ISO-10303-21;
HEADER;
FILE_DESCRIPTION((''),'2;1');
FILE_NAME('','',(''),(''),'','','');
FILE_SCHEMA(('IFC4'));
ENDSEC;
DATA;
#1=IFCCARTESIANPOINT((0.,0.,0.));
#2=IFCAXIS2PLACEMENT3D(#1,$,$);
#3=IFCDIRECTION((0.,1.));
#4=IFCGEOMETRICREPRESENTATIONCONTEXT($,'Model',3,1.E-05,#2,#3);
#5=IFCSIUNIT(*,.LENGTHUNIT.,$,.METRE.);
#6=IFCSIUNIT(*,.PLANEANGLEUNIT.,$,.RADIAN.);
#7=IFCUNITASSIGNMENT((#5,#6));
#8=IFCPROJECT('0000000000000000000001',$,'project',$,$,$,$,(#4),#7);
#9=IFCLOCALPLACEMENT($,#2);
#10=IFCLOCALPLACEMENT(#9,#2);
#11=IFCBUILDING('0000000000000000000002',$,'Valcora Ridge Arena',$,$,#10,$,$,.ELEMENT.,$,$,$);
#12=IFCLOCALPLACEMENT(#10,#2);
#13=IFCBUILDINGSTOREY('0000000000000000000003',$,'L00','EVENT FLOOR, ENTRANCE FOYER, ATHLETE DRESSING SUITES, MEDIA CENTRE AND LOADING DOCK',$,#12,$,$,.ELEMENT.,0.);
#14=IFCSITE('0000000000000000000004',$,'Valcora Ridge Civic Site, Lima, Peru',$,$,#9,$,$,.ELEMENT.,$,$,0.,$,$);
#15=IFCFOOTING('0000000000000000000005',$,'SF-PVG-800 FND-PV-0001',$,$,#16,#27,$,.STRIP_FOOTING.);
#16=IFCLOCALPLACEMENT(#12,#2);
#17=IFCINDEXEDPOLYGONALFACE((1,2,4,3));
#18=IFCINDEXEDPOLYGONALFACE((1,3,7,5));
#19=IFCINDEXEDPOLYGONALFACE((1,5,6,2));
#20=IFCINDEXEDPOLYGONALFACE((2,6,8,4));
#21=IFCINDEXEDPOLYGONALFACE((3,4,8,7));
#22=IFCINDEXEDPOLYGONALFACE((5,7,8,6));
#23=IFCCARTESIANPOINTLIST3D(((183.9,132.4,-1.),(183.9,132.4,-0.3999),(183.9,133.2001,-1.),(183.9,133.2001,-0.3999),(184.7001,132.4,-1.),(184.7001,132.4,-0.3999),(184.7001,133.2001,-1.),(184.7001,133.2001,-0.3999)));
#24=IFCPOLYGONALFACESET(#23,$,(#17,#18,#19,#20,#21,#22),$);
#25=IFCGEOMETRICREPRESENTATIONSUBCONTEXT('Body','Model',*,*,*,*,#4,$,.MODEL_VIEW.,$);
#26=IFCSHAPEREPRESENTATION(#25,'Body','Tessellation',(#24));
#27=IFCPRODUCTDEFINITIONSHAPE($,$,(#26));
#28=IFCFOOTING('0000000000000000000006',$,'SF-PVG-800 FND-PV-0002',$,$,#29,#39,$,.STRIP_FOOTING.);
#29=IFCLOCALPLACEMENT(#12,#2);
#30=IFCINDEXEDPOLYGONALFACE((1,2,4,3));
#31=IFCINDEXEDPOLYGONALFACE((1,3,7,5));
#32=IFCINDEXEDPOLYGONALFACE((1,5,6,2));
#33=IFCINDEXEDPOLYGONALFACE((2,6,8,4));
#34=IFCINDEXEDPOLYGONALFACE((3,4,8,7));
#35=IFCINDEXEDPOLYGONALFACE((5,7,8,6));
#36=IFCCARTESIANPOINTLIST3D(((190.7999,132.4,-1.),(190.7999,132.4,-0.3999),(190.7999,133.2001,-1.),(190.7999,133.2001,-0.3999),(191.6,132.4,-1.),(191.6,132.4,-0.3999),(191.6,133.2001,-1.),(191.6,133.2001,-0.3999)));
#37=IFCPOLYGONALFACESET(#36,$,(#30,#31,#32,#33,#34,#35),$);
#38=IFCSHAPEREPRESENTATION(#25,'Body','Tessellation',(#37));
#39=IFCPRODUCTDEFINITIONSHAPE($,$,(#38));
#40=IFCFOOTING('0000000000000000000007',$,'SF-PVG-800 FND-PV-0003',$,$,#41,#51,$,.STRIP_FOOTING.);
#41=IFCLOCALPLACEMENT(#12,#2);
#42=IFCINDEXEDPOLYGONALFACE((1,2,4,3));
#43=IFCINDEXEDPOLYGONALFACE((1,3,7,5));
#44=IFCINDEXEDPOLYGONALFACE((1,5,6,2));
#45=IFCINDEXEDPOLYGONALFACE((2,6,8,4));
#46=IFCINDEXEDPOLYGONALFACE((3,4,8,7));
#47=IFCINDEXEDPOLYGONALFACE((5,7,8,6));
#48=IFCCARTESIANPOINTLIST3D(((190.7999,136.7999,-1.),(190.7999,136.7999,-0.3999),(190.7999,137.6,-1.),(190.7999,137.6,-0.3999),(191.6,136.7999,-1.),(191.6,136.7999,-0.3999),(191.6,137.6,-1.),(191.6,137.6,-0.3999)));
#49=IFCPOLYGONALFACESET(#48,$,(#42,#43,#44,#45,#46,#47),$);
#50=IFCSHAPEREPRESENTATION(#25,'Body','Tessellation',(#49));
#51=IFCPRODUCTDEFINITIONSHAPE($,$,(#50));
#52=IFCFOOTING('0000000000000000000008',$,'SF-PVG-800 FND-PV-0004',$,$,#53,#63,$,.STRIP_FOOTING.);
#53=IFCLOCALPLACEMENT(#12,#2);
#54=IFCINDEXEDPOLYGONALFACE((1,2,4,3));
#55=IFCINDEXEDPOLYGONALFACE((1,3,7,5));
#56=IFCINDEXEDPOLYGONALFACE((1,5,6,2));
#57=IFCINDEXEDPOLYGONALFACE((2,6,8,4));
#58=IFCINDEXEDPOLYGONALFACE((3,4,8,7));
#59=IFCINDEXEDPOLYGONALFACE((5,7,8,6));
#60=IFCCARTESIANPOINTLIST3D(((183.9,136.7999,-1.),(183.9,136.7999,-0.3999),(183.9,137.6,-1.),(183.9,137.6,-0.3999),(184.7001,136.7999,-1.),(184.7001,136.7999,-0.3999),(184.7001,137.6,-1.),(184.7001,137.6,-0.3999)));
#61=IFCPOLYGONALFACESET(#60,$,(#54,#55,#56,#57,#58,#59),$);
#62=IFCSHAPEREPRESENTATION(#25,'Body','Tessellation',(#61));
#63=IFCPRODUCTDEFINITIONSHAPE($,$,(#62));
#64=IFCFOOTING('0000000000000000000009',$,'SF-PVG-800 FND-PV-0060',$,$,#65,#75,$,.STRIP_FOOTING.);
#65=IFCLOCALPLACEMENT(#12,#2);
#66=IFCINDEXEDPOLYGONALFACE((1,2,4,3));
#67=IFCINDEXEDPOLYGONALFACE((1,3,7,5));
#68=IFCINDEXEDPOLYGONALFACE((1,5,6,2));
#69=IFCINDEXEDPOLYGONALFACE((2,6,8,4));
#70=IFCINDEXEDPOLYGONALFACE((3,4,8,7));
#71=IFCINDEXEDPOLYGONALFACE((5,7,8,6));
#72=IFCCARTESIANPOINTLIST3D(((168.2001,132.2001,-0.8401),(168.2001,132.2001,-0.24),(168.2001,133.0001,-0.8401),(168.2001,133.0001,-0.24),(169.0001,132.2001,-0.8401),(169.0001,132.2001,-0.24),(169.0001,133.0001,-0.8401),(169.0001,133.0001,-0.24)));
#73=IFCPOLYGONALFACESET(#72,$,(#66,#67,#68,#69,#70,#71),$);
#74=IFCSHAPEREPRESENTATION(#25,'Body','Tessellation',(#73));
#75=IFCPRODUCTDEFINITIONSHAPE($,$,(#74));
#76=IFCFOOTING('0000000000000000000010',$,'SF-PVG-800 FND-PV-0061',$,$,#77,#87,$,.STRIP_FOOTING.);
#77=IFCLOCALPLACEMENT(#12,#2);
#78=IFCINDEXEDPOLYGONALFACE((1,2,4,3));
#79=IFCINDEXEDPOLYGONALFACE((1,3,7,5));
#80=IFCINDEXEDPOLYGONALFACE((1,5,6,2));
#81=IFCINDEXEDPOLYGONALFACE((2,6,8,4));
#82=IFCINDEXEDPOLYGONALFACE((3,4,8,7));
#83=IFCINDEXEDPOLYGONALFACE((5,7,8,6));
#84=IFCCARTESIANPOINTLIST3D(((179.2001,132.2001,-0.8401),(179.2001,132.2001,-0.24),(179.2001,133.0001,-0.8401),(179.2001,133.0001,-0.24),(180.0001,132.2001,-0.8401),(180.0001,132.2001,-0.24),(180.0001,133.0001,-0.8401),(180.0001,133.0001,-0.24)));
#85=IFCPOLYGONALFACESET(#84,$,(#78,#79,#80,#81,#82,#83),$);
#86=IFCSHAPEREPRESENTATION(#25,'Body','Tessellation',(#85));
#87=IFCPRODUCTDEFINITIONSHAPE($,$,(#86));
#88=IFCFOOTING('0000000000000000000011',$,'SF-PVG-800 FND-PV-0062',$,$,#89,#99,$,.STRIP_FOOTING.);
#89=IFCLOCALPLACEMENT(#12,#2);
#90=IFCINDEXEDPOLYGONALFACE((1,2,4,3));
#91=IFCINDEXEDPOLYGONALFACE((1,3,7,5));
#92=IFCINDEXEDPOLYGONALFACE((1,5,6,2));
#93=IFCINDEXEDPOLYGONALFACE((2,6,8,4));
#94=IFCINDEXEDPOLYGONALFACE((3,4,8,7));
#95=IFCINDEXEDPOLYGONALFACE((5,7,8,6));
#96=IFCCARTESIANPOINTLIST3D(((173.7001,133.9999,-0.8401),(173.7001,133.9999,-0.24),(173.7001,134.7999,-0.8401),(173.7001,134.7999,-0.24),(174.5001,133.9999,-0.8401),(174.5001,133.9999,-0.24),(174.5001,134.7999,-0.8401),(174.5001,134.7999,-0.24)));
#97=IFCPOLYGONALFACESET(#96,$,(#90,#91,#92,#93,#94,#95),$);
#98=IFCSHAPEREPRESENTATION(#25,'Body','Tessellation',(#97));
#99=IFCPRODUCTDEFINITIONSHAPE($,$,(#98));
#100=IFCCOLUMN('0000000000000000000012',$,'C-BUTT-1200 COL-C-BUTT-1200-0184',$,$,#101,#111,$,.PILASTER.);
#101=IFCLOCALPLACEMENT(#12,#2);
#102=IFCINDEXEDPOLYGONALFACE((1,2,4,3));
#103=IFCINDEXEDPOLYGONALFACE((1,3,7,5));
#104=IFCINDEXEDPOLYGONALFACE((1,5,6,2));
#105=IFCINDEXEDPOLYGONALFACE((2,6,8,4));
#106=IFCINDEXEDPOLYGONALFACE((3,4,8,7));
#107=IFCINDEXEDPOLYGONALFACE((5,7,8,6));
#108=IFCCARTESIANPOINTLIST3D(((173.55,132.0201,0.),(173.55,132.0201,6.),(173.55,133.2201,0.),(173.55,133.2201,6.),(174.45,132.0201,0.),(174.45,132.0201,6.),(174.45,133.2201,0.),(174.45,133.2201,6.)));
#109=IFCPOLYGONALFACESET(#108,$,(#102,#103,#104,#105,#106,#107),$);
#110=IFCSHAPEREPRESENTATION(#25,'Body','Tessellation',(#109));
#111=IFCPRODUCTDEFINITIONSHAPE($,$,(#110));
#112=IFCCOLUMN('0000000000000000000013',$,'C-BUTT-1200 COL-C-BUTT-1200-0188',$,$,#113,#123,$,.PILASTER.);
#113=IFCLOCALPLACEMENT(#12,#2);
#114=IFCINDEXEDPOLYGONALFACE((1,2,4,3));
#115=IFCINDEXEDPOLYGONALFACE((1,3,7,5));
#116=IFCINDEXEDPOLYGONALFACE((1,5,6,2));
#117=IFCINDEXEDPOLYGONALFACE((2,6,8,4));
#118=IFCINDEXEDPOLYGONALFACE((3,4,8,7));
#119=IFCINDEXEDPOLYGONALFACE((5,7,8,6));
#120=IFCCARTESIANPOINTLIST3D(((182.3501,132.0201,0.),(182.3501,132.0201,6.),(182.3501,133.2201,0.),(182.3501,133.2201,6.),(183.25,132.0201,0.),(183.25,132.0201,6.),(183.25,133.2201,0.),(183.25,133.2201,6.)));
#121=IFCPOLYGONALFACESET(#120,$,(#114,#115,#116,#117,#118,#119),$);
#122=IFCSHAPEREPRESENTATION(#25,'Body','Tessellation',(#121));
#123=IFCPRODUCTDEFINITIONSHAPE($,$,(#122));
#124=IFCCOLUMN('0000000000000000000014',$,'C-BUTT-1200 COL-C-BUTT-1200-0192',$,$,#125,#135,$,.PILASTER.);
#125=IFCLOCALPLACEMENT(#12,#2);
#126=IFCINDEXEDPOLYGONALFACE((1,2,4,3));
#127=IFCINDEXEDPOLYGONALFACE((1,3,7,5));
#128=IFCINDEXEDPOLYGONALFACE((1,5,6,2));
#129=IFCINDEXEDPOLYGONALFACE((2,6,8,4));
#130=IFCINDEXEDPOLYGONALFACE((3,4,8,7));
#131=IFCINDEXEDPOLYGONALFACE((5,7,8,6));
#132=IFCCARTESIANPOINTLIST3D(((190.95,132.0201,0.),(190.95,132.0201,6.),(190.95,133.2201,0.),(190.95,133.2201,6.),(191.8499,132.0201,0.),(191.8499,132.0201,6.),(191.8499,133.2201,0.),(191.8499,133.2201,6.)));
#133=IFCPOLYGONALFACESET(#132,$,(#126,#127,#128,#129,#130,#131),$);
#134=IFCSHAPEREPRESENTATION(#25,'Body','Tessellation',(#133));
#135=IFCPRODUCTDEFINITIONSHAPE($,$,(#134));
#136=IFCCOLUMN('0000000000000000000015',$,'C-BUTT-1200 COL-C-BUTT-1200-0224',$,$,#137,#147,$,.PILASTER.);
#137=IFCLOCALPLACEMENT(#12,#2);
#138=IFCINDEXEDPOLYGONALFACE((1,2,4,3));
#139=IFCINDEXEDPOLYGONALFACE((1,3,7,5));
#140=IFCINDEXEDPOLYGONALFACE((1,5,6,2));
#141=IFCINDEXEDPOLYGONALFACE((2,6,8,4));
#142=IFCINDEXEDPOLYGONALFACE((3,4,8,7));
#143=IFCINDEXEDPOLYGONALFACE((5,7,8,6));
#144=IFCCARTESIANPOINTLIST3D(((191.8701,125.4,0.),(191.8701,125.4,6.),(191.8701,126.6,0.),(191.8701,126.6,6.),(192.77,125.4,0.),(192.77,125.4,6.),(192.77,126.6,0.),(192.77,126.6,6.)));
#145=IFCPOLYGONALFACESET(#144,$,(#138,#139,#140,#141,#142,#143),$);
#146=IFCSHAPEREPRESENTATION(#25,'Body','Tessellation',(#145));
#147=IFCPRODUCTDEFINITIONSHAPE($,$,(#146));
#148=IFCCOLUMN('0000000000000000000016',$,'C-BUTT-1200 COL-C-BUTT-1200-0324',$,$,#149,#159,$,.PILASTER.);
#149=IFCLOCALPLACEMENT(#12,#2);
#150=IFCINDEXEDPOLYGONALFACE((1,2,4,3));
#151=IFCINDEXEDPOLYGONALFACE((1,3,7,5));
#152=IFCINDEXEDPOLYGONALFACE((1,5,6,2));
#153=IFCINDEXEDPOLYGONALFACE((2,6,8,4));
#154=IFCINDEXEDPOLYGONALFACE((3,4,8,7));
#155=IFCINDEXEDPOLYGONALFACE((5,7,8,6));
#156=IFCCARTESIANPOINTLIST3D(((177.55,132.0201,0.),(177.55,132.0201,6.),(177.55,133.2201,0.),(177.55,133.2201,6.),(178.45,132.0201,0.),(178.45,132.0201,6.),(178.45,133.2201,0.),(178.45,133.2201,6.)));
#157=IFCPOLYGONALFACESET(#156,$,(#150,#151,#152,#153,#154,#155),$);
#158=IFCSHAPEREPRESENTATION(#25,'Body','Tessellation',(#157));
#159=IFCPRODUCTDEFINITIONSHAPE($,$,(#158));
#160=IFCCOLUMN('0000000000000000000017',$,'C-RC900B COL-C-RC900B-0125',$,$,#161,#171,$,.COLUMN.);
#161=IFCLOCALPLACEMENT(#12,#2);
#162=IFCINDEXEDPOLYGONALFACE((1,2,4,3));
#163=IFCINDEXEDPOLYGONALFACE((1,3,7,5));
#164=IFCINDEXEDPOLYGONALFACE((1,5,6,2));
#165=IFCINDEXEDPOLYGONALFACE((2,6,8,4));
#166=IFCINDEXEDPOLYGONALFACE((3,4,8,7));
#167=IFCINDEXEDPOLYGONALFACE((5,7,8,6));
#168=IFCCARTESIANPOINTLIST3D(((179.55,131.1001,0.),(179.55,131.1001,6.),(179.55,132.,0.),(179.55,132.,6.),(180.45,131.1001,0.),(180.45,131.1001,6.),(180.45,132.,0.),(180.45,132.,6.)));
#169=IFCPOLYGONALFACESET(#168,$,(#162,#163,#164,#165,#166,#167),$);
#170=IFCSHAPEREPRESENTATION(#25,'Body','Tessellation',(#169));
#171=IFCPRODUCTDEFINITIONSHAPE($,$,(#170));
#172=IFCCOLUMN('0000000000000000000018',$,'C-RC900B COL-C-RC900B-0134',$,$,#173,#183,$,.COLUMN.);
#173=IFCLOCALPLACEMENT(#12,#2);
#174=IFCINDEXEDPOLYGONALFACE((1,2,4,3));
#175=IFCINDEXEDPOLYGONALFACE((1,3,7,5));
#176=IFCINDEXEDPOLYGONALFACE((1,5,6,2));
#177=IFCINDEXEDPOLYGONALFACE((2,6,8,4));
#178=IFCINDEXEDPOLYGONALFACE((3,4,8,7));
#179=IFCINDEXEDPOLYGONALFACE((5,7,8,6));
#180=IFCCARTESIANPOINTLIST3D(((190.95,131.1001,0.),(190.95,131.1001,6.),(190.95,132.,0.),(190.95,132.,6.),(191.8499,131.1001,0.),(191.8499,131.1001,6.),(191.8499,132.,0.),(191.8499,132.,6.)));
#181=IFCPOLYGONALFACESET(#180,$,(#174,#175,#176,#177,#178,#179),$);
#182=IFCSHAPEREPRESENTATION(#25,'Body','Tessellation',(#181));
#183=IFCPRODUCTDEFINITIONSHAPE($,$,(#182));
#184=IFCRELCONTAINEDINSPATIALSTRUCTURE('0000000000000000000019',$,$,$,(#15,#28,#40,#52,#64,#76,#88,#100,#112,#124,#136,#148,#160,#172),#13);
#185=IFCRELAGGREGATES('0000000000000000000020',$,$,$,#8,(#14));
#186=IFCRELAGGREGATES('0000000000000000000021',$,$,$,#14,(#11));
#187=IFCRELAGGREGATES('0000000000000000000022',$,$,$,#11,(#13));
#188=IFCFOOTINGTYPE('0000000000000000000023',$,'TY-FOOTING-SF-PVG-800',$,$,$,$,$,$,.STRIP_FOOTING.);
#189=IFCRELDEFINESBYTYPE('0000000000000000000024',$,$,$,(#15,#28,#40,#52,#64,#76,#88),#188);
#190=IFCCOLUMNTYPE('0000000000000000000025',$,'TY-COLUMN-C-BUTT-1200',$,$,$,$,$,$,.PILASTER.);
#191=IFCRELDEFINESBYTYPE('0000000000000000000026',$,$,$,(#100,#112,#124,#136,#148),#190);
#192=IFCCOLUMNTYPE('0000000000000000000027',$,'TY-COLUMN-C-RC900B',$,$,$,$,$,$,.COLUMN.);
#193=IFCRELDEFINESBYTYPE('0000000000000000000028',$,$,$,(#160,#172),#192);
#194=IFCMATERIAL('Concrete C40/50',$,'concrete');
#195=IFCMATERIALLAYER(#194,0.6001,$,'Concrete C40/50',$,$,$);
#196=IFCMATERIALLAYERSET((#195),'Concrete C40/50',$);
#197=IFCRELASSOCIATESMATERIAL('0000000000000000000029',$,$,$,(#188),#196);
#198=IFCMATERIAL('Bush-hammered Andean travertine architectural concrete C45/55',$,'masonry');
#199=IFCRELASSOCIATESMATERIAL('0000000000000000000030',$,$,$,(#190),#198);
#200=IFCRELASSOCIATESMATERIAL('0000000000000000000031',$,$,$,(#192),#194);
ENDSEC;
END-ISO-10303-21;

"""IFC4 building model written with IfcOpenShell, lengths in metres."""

from ifc_helpers import new_model, si_unit, direction, frame, origin, origin_2d, place, context, subcontext, project, spatial, rectangle, extrude, material, layer, layer_set, material_profile, profile_set, type_object, element, save


model = new_model("IFC4")

# Units and contexts
model_context = context("Model", 3, precision=1e-05, world=origin(), true_north=direction((0.0, 1.0)))
body_context = subcontext(model_context, "Body", "Model", "MODEL_VIEW")
ifc_project = project(units=[si_unit("LENGTHUNIT", "METRE"), si_unit("PLANEANGLEUNIT", "RADIAN")], contexts=[model_context])

# Site, building, storey
site_placement = place(None, origin())
site = spatial("IfcSite", under=ifc_project, at=site_placement, Name="Valcora Ridge Civic Site, Lima, Peru", CompositionType="ELEMENT", RefElevation=0.0)
building_placement = place(site_placement, origin())
building = spatial("IfcBuilding", under=site, at=building_placement, Name="Valcora Ridge Arena", CompositionType="ELEMENT")
storey_placement = place(building_placement, origin())
storey = spatial("IfcBuildingStorey", under=building, at=storey_placement, Name="L00", Description="EVENT FLOOR, ENTRANCE FOYER, ATHLETE DRESSING SUITES, MEDIA CENTRE AND LOADING DOCK", CompositionType="ELEMENT", Elevation=0.0)

# Footings
ifc_material_1 = material(Name="Concrete C40/50", Category="concrete")
ifc_layer_1 = layer(ifc_material_1, 0.6001, Name="Concrete C40/50")
ifc_layer_set_1 = layer_set([ifc_layer_1], Name="Concrete C40/50")
footing_type = type_object("IfcFootingType", Name="TY-FOOTING-SF-PVG-800", PredefinedType="STRIP_FOOTING", material=ifc_layer_set_1)
for number, where, z_axis, x_axis, name in (
    (1, (184.3, 132.8, -1.0), (0.0, 0.0, 1.0), (1.0, 0.0, 0.0), "SF-PVG-800 FND-PV-0001"),
    (2, (191.2, 132.8, -1.0), (0.0, 0.0, 1.0), (1.0, 0.0, 0.0), "SF-PVG-800 FND-PV-0002"),
    (3, (191.2, 137.2, -1.0), (0.0, 0.0, 1.0), (1.0, 0.0, 0.0), "SF-PVG-800 FND-PV-0003"),
    (4, (184.3, 137.2, -1.0), (0.0, 0.0, 1.0), (1.0, 0.0, 0.0), "SF-PVG-800 FND-PV-0004"),
    (5, (168.6001, 132.6001, -0.8401), (0.0, 0.0, 1.0), (1.0, 0.0, 0.0), "SF-PVG-800 FND-PV-0060"),
    (6, (179.6001, 132.6001, -0.8401), (0.0, 0.0, 1.0), (1.0, 0.0, 0.0), "SF-PVG-800 FND-PV-0061"),
    (7, (174.1001, 134.3999, -0.8401), (0.0, 0.0, 1.0), (1.0, 0.0, 0.0), "SF-PVG-800 FND-PV-0062"),
):
    element("IfcFooting", number, at=place(storey_placement, frame(where, z_axis=z_axis, x_axis=x_axis)), inside=storey, type_object=footing_type, Name=name, PredefinedType="STRIP_FOOTING", context=body_context, shape_type="SweptSolid", body=[
        extrude(rectangle(XDim=0.8, YDim=0.8, at=origin_2d()), origin(), (0.0, 0.0, 1.0), 0.6001),
    ])

# Columns
ifc_material_2 = material(Name="Bush-hammered Andean travertine architectural concrete C45/55", Category="masonry")
ifc_material_profile_1 = material_profile(ifc_material_2, rectangle(XDim=0.8999, YDim=1.2, at=origin_2d()), Name="RC 900x1200")
ifc_profile_set_1 = profile_set([ifc_material_profile_1], Name="Bush-hammered Andean travertine architectural concrete C45/55")
column_type_1 = type_object("IfcColumnType", Name="TY-COLUMN-C-BUTT-1200", PredefinedType="PILASTER", material=ifc_profile_set_1)
for number, where, z_axis, x_axis, name in (
    (8, (174.0, 132.6201, 0.0), (0.0, 0.0, 1.0), (1.0, 0.0, 0.0), "C-BUTT-1200 COL-C-BUTT-1200-0184"),
    (9, (182.8, 132.6201, 0.0), (0.0, 0.0, 1.0), (1.0, 0.0, 0.0), "C-BUTT-1200 COL-C-BUTT-1200-0188"),
    (10, (191.3999, 132.6201, 0.0), (0.0, 0.0, 1.0), (1.0, 0.0, 0.0), "C-BUTT-1200 COL-C-BUTT-1200-0192"),
    (11, (192.3201, 126.0, 0.0), (0.0, 0.0, 1.0), (1.0, 0.0, 0.0), "C-BUTT-1200 COL-C-BUTT-1200-0224"),
    (12, (178.0, 132.6201, 0.0), (0.0, 0.0, 1.0), (1.0, 0.0, 0.0), "C-BUTT-1200 COL-C-BUTT-1200-0324"),
):
    element("IfcColumn", number, at=place(storey_placement, frame(where, z_axis=z_axis, x_axis=x_axis)), inside=storey, type_object=column_type_1, Name=name, PredefinedType="PILASTER", context=body_context, shape_type="SweptSolid", body=[
        extrude(rectangle(XDim=0.8999, YDim=1.2, at=origin_2d()), origin(), (0.0, 0.0, 1.0), 6.0),
    ])
ifc_material_profile_2 = material_profile(ifc_material_1, rectangle(XDim=0.8999, YDim=0.8999, at=origin_2d()), Name="RC 900x900")
ifc_profile_set_2 = profile_set([ifc_material_profile_2], Name="Concrete C40/50")
column_type_2 = type_object("IfcColumnType", Name="TY-COLUMN-C-RC900B", PredefinedType="COLUMN", material=ifc_profile_set_2)
for number, where, z_axis, x_axis, name in (
    (13, (180.0, 131.55, 0.0), (0.0, 0.0, 1.0), (1.0, 0.0, 0.0), "C-RC900B COL-C-RC900B-0125"),
    (14, (191.3999, 131.55, 0.0), (0.0, 0.0, 1.0), (1.0, 0.0, 0.0), "C-RC900B COL-C-RC900B-0134"),
):
    element("IfcColumn", number, at=place(storey_placement, frame(where, z_axis=z_axis, x_axis=x_axis)), inside=storey, type_object=column_type_2, Name=name, PredefinedType="COLUMN", context=body_context, shape_type="SweptSolid", body=[
        extrude(rectangle(XDim=0.8999, YDim=0.8999, at=origin_2d()), origin(), (0.0, 0.0, 1.0), 6.0),
    ])

save(model, "model.ifc")
